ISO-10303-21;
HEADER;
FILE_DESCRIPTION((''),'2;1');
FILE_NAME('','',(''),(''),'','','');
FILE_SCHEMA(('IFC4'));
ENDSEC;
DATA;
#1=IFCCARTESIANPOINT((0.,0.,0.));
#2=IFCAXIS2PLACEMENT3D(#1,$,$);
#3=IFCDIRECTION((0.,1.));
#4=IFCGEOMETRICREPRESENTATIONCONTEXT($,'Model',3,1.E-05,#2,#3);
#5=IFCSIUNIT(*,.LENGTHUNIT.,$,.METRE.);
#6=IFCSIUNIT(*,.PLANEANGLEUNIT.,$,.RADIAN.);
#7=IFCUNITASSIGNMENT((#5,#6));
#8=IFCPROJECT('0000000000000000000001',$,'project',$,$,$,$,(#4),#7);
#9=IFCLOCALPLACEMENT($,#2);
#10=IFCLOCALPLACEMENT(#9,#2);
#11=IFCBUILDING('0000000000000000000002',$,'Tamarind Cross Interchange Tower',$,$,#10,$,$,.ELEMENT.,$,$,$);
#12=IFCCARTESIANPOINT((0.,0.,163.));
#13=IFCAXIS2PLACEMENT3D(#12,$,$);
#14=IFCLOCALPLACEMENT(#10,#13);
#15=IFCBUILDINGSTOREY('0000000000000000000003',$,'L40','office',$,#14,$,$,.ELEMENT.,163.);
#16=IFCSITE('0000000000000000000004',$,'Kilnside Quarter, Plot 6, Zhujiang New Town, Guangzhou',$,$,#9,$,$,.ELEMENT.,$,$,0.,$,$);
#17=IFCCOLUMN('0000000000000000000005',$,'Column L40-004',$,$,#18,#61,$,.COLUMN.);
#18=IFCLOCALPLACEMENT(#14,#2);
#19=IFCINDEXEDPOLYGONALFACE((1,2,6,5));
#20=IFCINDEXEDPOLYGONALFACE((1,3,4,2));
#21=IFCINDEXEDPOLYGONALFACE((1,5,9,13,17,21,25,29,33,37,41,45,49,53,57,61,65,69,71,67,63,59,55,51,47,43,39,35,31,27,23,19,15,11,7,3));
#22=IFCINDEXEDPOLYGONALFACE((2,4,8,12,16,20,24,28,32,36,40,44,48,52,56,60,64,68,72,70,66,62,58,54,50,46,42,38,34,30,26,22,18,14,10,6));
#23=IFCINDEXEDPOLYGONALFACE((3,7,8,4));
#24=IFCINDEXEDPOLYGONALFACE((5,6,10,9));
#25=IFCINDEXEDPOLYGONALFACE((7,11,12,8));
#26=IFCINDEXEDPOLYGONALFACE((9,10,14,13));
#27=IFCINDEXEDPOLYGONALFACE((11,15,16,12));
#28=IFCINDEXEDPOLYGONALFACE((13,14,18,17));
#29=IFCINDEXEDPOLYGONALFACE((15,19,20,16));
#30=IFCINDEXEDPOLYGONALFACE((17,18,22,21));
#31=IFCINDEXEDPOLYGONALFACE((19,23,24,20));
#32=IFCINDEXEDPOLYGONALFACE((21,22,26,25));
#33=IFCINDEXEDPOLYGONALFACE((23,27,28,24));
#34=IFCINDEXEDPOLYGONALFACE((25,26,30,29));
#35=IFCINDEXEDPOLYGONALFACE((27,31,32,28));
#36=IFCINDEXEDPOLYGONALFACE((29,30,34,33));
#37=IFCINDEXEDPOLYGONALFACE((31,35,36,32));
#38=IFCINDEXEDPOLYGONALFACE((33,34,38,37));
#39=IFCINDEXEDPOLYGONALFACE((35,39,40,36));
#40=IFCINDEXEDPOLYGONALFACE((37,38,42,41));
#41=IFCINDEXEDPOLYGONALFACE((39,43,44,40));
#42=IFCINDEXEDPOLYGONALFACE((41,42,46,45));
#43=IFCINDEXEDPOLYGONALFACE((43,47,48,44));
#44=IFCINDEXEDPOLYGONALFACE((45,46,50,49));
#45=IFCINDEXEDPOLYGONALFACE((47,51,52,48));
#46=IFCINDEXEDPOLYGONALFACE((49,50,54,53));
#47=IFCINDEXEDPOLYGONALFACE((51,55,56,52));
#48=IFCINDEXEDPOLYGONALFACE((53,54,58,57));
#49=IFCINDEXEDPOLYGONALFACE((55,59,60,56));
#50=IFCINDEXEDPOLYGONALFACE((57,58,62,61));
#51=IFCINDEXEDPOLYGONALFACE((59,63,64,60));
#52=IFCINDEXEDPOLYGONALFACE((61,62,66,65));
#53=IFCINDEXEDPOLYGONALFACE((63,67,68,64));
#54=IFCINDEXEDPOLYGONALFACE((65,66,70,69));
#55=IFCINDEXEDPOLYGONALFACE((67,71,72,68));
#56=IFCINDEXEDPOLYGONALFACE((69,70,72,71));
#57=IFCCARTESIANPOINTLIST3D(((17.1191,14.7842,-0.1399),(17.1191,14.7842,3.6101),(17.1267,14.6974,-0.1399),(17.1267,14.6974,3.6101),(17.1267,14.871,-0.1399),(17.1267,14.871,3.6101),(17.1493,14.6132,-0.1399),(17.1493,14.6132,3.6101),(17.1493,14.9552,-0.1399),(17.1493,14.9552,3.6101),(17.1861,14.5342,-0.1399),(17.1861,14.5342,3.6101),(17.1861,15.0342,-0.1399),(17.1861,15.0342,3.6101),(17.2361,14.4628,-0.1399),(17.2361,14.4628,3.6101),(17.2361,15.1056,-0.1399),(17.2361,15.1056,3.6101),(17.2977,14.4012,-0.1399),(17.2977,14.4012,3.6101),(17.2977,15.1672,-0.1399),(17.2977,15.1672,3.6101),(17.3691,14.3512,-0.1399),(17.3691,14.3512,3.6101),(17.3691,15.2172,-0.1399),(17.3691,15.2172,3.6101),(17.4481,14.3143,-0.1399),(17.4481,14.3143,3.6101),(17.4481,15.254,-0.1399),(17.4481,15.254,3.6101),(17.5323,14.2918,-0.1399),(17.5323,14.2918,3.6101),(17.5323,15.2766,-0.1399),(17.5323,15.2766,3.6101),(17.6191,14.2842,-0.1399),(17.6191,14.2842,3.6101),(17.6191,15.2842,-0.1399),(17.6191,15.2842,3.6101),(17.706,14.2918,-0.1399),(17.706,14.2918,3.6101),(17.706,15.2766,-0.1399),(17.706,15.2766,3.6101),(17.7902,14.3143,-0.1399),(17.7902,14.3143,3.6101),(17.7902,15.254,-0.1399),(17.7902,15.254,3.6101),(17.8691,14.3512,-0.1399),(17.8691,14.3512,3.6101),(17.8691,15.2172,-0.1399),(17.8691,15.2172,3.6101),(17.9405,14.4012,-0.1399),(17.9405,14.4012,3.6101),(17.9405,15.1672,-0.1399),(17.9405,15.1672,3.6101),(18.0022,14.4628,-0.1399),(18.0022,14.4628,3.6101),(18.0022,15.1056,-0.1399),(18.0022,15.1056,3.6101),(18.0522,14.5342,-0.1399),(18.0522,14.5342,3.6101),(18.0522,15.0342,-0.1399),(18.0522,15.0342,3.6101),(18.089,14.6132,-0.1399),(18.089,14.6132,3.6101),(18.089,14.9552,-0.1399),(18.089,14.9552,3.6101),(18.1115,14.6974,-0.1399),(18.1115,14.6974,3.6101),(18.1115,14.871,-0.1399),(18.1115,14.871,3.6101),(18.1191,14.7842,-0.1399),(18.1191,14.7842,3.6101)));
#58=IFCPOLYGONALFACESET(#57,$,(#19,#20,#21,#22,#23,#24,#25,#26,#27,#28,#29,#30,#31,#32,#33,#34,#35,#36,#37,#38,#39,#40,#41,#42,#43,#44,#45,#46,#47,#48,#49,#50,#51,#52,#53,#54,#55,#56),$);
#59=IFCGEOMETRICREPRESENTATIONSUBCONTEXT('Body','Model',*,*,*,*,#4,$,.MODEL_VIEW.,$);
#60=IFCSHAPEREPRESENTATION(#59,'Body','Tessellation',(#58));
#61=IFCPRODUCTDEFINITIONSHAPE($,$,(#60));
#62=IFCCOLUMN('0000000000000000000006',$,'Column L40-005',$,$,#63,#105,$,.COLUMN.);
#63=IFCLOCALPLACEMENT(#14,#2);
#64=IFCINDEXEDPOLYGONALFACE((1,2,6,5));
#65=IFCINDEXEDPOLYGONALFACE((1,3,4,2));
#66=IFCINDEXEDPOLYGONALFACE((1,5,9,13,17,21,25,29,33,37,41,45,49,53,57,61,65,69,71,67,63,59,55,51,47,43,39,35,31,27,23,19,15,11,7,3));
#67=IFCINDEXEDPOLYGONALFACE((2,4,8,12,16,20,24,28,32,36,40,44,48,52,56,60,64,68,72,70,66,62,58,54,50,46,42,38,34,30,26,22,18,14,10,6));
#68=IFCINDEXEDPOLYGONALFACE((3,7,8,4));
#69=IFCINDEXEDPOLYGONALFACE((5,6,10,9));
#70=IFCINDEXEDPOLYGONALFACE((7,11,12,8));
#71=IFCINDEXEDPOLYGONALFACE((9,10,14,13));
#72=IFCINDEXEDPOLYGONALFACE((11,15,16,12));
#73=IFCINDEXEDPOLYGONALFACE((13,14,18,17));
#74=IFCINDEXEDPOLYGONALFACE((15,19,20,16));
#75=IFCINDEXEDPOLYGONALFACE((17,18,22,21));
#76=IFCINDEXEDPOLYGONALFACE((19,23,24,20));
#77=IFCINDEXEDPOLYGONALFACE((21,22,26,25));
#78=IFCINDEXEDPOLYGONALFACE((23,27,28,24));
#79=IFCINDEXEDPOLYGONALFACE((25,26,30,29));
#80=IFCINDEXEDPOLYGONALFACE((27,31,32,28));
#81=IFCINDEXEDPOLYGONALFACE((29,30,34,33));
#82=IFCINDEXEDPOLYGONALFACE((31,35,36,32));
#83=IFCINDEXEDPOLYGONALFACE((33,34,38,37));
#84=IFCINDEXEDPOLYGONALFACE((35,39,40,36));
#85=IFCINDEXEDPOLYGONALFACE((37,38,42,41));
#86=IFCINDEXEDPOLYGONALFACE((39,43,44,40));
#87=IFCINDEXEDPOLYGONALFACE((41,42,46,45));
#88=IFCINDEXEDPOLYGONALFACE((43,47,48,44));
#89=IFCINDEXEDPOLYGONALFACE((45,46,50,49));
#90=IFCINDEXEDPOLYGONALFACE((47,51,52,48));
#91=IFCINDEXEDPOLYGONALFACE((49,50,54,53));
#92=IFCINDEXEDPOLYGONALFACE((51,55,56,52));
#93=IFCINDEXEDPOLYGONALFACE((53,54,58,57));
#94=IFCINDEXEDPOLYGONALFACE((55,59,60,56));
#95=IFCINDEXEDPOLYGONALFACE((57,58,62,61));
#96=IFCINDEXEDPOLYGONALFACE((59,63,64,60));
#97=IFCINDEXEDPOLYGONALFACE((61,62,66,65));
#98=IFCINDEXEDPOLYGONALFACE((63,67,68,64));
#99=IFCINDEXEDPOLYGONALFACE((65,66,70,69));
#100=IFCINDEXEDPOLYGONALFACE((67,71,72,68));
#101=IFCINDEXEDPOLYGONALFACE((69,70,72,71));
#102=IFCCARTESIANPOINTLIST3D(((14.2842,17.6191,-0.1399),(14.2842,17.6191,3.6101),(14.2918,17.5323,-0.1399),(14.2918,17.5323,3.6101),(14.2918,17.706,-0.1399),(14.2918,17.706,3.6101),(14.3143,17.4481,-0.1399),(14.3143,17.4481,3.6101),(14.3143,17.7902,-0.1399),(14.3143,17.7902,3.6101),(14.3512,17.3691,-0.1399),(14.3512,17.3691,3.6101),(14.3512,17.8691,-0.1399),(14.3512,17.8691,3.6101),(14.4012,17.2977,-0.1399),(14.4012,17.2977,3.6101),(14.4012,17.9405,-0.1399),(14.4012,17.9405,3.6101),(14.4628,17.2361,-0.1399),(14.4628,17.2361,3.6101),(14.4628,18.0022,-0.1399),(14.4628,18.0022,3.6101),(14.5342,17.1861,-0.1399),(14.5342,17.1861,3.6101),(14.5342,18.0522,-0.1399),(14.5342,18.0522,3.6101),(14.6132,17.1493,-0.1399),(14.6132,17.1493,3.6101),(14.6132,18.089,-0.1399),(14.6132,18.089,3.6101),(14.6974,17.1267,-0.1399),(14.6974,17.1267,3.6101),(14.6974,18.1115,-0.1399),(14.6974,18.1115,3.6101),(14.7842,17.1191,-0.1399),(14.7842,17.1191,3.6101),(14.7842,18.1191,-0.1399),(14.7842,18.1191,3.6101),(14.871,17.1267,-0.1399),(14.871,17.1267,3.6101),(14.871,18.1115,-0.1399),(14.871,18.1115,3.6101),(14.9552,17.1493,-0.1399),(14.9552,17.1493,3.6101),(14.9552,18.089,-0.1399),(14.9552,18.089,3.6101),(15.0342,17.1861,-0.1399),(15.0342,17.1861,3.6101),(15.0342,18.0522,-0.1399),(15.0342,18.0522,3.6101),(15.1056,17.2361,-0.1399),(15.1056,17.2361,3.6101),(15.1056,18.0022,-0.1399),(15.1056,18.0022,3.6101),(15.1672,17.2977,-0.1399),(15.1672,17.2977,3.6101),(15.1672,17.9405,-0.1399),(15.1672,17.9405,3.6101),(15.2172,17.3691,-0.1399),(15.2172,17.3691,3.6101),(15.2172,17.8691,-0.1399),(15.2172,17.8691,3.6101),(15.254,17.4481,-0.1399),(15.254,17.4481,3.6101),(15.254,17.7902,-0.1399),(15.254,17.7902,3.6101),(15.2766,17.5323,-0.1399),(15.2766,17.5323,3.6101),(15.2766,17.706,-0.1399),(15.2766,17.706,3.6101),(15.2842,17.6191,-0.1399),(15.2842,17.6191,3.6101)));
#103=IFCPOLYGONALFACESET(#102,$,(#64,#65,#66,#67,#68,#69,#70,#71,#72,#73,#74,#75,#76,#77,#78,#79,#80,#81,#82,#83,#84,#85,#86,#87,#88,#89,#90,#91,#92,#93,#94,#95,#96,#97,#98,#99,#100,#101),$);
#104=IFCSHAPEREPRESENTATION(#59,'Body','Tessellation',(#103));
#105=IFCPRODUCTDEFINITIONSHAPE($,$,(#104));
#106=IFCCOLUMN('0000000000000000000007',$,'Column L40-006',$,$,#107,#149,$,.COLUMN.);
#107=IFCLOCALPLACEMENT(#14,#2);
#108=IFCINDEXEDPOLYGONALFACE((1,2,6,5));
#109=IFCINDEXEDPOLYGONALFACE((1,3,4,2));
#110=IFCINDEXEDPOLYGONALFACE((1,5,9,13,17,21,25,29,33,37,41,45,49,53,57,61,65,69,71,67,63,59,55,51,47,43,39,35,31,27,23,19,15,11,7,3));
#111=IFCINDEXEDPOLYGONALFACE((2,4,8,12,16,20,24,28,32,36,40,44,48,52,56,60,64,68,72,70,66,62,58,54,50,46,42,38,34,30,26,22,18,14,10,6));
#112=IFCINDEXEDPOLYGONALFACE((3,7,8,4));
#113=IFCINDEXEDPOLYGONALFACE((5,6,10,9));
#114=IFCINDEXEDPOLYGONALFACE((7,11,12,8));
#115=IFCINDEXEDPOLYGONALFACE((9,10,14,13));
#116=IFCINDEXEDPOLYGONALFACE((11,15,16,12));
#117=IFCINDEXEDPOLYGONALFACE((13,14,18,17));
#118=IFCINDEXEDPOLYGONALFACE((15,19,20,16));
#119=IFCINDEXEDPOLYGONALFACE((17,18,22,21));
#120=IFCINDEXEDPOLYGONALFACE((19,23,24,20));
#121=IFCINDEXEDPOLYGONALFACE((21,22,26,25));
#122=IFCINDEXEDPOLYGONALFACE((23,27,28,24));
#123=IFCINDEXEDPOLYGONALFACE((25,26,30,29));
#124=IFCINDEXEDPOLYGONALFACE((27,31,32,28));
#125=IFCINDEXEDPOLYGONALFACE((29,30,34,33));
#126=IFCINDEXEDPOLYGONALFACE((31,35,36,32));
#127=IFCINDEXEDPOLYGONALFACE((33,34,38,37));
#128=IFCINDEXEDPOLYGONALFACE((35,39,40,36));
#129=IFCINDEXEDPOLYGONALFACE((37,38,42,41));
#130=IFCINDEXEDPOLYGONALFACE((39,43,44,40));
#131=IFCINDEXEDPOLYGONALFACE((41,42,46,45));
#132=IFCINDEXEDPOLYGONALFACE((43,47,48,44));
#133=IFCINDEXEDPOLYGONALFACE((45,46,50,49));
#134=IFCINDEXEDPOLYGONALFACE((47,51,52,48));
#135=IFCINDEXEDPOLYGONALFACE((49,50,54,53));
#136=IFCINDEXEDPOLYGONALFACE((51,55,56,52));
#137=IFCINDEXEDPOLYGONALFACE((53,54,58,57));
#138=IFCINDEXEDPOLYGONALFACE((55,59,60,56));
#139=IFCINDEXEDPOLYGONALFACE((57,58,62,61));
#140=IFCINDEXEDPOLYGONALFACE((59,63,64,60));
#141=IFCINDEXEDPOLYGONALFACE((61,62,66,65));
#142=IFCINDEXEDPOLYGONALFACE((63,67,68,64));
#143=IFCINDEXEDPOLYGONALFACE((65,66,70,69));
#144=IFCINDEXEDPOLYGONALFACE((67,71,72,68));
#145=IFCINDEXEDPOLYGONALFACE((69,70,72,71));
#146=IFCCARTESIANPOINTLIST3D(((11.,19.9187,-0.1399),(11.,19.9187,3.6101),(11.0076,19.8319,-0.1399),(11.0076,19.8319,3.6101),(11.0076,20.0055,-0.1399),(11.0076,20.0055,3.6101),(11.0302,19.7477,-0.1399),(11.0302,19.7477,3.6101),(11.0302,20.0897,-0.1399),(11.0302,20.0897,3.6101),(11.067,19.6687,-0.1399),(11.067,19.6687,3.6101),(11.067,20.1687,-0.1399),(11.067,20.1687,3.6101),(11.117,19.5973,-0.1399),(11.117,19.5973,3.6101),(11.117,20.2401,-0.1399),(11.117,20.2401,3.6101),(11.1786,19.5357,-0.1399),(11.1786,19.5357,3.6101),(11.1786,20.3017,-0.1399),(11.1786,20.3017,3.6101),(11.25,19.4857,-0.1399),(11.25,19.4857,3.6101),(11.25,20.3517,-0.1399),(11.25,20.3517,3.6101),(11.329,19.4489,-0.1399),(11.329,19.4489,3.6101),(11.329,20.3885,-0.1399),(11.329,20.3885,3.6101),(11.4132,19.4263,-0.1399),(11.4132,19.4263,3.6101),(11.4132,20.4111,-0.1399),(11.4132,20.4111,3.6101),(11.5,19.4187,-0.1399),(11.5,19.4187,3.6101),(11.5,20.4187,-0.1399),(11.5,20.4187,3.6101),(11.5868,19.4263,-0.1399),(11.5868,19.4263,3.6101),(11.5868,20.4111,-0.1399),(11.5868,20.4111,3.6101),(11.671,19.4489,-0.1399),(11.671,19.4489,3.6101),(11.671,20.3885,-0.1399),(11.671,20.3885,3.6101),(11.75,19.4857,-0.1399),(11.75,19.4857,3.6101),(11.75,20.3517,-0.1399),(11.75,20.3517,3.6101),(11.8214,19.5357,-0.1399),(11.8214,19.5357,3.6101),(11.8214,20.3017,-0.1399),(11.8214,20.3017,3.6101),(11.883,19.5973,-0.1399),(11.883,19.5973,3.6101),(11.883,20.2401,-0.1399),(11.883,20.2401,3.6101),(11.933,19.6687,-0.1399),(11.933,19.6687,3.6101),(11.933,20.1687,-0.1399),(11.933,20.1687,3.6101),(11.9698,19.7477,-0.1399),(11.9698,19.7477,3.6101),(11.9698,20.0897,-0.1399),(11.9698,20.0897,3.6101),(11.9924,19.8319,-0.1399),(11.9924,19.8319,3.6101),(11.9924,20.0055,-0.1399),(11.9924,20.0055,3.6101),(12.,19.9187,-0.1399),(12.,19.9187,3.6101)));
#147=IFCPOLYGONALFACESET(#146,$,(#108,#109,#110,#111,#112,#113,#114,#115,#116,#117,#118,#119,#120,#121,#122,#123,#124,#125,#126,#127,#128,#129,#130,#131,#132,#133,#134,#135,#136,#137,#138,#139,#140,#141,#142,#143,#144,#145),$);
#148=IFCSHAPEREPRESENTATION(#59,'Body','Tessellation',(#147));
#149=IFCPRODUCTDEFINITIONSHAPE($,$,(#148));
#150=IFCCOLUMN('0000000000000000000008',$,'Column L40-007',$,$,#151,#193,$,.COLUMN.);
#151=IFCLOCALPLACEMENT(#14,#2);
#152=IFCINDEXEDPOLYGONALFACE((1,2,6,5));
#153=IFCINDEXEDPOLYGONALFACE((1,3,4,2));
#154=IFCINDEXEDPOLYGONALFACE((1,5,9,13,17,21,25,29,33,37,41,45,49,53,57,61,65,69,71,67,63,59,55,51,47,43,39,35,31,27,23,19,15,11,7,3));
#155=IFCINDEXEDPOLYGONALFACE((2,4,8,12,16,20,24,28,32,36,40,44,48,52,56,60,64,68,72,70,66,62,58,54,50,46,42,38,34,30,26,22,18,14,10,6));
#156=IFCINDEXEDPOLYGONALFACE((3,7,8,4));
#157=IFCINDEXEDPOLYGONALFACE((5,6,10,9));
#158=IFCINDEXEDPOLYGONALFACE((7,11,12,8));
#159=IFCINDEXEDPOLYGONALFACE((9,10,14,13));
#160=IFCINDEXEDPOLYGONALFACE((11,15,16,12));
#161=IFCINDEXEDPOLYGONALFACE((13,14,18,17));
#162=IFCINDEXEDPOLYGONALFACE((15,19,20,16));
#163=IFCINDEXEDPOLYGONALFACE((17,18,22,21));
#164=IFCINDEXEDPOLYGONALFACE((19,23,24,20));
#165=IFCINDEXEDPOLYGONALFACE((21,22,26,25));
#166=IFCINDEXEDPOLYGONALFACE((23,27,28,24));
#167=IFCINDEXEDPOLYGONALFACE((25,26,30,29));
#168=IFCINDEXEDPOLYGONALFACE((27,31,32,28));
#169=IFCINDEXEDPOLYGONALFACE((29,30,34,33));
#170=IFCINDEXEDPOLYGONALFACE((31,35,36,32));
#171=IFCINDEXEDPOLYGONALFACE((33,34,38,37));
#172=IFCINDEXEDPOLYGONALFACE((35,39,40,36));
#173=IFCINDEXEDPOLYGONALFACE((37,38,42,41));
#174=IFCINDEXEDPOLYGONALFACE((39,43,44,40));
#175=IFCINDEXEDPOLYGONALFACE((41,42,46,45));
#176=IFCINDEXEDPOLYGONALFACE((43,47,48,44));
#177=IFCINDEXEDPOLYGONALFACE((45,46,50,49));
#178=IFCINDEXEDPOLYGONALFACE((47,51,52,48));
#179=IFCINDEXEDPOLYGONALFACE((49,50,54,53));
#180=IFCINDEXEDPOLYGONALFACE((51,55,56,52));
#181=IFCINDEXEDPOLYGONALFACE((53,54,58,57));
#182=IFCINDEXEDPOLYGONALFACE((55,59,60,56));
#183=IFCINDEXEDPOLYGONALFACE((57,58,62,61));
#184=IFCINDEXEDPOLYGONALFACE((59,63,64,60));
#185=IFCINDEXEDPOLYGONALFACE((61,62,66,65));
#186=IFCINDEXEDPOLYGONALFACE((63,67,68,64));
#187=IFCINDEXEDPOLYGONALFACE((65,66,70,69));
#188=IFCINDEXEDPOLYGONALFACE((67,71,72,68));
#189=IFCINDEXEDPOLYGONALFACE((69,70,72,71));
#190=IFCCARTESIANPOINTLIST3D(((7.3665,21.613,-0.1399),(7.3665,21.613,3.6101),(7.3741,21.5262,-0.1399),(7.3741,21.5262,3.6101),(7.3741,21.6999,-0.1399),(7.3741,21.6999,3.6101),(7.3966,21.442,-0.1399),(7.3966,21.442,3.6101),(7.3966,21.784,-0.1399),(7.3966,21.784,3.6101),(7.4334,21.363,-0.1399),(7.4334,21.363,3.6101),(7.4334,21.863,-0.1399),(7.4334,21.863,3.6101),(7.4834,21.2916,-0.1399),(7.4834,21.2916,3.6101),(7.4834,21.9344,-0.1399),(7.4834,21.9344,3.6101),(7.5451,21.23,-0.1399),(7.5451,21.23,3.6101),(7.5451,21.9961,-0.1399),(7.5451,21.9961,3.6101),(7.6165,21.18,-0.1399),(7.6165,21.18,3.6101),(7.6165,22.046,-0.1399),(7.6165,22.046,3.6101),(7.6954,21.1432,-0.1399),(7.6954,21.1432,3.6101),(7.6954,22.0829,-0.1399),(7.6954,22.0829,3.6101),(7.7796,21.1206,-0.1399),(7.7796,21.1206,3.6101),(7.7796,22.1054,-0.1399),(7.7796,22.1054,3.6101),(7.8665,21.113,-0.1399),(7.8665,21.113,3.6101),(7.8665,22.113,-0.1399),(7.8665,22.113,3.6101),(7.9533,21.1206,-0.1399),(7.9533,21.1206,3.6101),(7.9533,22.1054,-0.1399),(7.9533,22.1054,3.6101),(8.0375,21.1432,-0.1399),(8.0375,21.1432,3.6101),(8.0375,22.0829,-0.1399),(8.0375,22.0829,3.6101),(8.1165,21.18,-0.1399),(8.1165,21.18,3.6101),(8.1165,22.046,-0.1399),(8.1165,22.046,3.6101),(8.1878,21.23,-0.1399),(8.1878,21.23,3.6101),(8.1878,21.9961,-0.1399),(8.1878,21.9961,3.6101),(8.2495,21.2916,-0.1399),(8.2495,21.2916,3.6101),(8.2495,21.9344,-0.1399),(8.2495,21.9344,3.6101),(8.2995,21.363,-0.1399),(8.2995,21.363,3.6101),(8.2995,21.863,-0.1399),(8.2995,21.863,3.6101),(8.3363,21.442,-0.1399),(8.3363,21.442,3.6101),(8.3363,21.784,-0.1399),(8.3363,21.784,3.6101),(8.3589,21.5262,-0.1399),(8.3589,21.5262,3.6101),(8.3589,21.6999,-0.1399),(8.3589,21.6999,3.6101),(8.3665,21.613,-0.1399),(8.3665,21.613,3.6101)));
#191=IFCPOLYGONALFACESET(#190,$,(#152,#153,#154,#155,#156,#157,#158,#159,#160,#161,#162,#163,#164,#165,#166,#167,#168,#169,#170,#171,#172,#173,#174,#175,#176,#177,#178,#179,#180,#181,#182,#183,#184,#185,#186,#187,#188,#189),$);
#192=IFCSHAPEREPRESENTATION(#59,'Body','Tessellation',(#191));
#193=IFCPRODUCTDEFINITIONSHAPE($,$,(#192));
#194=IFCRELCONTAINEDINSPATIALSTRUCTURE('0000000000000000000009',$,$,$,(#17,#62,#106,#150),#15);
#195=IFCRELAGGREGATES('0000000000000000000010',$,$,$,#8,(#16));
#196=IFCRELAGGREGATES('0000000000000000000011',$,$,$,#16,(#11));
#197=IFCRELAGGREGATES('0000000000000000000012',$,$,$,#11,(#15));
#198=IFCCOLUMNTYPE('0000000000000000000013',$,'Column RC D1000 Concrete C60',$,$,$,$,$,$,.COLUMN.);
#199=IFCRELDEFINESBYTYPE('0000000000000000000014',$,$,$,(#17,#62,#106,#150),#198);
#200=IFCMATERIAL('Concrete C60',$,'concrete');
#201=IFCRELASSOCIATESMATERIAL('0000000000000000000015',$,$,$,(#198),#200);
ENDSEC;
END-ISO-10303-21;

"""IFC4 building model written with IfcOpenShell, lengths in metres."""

from ifc_helpers import new_model, si_unit, direction, frame, origin, origin_2d, place, context, subcontext, project, spatial, circle, extrude, material, material_profile, profile_set, type_object, element, save


model = new_model("IFC4")

# Units and contexts
model_context = context("Model", 3, precision=1e-05, world=origin(), true_north=direction((0.0, 1.0)))
body_context = subcontext(model_context, "Body", "Model", "MODEL_VIEW")
ifc_project = project(units=[si_unit("LENGTHUNIT", "METRE"), si_unit("PLANEANGLEUNIT", "RADIAN")], contexts=[model_context])

# Site, building, storey
site_placement = place(None, origin())
site = spatial("IfcSite", under=ifc_project, at=site_placement, Name="Kilnside Quarter, Plot 6, Zhujiang New Town, Guangzhou", CompositionType="ELEMENT", RefElevation=0.0)
building_placement = place(site_placement, origin())
building = spatial("IfcBuilding", under=site, at=building_placement, Name="Tamarind Cross Interchange Tower", CompositionType="ELEMENT")
storey_placement = place(building_placement, frame((0.0, 0.0, 163.0)))
storey = spatial("IfcBuildingStorey", under=building, at=storey_placement, Name="L40", Description="office", CompositionType="ELEMENT", Elevation=163.0)

# Columns
ifc_material_1 = material(Name="Concrete C60", Category="concrete")
ifc_material_profile_1 = material_profile(ifc_material_1, circle(Radius=0.5, at=origin_2d()), Name="RC D1000")
ifc_profile_set_1 = profile_set([ifc_material_profile_1], Name="Concrete C60")
column_type = type_object("IfcColumnType", Name="Column RC D1000 Concrete C60", PredefinedType="COLUMN", material=ifc_profile_set_1)
for number, where, z_axis, x_axis, name in (
    (1, (17.6191, 14.7842, -0.1399), (0.0, 0.0, 1.0), (1.0, 0.0, 0.0), "Column L40-004"),
    (2, (14.7842, 17.6191, -0.1399), (0.0, 0.0, 1.0), (1.0, 0.0, 0.0), "Column L40-005"),
    (3, (11.5, 19.9187, -0.1399), (0.0, 0.0, 1.0), (1.0, 0.0, 0.0), "Column L40-006"),
    (4, (7.8665, 21.613, -0.1399), (0.0, 0.0, 1.0), (1.0, 0.0, 0.0), "Column L40-007"),
):
    element("IfcColumn", number, at=place(storey_placement, frame(where, z_axis=z_axis, x_axis=x_axis)), inside=storey, type_object=column_type, Name=name, PredefinedType="COLUMN", context=body_context, shape_type="SweptSolid", body=[
        extrude(circle(Radius=0.5, at=origin_2d()), origin(), (0.0, 0.0, 1.0), 3.75),
    ])

save(model, "model.ifc")
